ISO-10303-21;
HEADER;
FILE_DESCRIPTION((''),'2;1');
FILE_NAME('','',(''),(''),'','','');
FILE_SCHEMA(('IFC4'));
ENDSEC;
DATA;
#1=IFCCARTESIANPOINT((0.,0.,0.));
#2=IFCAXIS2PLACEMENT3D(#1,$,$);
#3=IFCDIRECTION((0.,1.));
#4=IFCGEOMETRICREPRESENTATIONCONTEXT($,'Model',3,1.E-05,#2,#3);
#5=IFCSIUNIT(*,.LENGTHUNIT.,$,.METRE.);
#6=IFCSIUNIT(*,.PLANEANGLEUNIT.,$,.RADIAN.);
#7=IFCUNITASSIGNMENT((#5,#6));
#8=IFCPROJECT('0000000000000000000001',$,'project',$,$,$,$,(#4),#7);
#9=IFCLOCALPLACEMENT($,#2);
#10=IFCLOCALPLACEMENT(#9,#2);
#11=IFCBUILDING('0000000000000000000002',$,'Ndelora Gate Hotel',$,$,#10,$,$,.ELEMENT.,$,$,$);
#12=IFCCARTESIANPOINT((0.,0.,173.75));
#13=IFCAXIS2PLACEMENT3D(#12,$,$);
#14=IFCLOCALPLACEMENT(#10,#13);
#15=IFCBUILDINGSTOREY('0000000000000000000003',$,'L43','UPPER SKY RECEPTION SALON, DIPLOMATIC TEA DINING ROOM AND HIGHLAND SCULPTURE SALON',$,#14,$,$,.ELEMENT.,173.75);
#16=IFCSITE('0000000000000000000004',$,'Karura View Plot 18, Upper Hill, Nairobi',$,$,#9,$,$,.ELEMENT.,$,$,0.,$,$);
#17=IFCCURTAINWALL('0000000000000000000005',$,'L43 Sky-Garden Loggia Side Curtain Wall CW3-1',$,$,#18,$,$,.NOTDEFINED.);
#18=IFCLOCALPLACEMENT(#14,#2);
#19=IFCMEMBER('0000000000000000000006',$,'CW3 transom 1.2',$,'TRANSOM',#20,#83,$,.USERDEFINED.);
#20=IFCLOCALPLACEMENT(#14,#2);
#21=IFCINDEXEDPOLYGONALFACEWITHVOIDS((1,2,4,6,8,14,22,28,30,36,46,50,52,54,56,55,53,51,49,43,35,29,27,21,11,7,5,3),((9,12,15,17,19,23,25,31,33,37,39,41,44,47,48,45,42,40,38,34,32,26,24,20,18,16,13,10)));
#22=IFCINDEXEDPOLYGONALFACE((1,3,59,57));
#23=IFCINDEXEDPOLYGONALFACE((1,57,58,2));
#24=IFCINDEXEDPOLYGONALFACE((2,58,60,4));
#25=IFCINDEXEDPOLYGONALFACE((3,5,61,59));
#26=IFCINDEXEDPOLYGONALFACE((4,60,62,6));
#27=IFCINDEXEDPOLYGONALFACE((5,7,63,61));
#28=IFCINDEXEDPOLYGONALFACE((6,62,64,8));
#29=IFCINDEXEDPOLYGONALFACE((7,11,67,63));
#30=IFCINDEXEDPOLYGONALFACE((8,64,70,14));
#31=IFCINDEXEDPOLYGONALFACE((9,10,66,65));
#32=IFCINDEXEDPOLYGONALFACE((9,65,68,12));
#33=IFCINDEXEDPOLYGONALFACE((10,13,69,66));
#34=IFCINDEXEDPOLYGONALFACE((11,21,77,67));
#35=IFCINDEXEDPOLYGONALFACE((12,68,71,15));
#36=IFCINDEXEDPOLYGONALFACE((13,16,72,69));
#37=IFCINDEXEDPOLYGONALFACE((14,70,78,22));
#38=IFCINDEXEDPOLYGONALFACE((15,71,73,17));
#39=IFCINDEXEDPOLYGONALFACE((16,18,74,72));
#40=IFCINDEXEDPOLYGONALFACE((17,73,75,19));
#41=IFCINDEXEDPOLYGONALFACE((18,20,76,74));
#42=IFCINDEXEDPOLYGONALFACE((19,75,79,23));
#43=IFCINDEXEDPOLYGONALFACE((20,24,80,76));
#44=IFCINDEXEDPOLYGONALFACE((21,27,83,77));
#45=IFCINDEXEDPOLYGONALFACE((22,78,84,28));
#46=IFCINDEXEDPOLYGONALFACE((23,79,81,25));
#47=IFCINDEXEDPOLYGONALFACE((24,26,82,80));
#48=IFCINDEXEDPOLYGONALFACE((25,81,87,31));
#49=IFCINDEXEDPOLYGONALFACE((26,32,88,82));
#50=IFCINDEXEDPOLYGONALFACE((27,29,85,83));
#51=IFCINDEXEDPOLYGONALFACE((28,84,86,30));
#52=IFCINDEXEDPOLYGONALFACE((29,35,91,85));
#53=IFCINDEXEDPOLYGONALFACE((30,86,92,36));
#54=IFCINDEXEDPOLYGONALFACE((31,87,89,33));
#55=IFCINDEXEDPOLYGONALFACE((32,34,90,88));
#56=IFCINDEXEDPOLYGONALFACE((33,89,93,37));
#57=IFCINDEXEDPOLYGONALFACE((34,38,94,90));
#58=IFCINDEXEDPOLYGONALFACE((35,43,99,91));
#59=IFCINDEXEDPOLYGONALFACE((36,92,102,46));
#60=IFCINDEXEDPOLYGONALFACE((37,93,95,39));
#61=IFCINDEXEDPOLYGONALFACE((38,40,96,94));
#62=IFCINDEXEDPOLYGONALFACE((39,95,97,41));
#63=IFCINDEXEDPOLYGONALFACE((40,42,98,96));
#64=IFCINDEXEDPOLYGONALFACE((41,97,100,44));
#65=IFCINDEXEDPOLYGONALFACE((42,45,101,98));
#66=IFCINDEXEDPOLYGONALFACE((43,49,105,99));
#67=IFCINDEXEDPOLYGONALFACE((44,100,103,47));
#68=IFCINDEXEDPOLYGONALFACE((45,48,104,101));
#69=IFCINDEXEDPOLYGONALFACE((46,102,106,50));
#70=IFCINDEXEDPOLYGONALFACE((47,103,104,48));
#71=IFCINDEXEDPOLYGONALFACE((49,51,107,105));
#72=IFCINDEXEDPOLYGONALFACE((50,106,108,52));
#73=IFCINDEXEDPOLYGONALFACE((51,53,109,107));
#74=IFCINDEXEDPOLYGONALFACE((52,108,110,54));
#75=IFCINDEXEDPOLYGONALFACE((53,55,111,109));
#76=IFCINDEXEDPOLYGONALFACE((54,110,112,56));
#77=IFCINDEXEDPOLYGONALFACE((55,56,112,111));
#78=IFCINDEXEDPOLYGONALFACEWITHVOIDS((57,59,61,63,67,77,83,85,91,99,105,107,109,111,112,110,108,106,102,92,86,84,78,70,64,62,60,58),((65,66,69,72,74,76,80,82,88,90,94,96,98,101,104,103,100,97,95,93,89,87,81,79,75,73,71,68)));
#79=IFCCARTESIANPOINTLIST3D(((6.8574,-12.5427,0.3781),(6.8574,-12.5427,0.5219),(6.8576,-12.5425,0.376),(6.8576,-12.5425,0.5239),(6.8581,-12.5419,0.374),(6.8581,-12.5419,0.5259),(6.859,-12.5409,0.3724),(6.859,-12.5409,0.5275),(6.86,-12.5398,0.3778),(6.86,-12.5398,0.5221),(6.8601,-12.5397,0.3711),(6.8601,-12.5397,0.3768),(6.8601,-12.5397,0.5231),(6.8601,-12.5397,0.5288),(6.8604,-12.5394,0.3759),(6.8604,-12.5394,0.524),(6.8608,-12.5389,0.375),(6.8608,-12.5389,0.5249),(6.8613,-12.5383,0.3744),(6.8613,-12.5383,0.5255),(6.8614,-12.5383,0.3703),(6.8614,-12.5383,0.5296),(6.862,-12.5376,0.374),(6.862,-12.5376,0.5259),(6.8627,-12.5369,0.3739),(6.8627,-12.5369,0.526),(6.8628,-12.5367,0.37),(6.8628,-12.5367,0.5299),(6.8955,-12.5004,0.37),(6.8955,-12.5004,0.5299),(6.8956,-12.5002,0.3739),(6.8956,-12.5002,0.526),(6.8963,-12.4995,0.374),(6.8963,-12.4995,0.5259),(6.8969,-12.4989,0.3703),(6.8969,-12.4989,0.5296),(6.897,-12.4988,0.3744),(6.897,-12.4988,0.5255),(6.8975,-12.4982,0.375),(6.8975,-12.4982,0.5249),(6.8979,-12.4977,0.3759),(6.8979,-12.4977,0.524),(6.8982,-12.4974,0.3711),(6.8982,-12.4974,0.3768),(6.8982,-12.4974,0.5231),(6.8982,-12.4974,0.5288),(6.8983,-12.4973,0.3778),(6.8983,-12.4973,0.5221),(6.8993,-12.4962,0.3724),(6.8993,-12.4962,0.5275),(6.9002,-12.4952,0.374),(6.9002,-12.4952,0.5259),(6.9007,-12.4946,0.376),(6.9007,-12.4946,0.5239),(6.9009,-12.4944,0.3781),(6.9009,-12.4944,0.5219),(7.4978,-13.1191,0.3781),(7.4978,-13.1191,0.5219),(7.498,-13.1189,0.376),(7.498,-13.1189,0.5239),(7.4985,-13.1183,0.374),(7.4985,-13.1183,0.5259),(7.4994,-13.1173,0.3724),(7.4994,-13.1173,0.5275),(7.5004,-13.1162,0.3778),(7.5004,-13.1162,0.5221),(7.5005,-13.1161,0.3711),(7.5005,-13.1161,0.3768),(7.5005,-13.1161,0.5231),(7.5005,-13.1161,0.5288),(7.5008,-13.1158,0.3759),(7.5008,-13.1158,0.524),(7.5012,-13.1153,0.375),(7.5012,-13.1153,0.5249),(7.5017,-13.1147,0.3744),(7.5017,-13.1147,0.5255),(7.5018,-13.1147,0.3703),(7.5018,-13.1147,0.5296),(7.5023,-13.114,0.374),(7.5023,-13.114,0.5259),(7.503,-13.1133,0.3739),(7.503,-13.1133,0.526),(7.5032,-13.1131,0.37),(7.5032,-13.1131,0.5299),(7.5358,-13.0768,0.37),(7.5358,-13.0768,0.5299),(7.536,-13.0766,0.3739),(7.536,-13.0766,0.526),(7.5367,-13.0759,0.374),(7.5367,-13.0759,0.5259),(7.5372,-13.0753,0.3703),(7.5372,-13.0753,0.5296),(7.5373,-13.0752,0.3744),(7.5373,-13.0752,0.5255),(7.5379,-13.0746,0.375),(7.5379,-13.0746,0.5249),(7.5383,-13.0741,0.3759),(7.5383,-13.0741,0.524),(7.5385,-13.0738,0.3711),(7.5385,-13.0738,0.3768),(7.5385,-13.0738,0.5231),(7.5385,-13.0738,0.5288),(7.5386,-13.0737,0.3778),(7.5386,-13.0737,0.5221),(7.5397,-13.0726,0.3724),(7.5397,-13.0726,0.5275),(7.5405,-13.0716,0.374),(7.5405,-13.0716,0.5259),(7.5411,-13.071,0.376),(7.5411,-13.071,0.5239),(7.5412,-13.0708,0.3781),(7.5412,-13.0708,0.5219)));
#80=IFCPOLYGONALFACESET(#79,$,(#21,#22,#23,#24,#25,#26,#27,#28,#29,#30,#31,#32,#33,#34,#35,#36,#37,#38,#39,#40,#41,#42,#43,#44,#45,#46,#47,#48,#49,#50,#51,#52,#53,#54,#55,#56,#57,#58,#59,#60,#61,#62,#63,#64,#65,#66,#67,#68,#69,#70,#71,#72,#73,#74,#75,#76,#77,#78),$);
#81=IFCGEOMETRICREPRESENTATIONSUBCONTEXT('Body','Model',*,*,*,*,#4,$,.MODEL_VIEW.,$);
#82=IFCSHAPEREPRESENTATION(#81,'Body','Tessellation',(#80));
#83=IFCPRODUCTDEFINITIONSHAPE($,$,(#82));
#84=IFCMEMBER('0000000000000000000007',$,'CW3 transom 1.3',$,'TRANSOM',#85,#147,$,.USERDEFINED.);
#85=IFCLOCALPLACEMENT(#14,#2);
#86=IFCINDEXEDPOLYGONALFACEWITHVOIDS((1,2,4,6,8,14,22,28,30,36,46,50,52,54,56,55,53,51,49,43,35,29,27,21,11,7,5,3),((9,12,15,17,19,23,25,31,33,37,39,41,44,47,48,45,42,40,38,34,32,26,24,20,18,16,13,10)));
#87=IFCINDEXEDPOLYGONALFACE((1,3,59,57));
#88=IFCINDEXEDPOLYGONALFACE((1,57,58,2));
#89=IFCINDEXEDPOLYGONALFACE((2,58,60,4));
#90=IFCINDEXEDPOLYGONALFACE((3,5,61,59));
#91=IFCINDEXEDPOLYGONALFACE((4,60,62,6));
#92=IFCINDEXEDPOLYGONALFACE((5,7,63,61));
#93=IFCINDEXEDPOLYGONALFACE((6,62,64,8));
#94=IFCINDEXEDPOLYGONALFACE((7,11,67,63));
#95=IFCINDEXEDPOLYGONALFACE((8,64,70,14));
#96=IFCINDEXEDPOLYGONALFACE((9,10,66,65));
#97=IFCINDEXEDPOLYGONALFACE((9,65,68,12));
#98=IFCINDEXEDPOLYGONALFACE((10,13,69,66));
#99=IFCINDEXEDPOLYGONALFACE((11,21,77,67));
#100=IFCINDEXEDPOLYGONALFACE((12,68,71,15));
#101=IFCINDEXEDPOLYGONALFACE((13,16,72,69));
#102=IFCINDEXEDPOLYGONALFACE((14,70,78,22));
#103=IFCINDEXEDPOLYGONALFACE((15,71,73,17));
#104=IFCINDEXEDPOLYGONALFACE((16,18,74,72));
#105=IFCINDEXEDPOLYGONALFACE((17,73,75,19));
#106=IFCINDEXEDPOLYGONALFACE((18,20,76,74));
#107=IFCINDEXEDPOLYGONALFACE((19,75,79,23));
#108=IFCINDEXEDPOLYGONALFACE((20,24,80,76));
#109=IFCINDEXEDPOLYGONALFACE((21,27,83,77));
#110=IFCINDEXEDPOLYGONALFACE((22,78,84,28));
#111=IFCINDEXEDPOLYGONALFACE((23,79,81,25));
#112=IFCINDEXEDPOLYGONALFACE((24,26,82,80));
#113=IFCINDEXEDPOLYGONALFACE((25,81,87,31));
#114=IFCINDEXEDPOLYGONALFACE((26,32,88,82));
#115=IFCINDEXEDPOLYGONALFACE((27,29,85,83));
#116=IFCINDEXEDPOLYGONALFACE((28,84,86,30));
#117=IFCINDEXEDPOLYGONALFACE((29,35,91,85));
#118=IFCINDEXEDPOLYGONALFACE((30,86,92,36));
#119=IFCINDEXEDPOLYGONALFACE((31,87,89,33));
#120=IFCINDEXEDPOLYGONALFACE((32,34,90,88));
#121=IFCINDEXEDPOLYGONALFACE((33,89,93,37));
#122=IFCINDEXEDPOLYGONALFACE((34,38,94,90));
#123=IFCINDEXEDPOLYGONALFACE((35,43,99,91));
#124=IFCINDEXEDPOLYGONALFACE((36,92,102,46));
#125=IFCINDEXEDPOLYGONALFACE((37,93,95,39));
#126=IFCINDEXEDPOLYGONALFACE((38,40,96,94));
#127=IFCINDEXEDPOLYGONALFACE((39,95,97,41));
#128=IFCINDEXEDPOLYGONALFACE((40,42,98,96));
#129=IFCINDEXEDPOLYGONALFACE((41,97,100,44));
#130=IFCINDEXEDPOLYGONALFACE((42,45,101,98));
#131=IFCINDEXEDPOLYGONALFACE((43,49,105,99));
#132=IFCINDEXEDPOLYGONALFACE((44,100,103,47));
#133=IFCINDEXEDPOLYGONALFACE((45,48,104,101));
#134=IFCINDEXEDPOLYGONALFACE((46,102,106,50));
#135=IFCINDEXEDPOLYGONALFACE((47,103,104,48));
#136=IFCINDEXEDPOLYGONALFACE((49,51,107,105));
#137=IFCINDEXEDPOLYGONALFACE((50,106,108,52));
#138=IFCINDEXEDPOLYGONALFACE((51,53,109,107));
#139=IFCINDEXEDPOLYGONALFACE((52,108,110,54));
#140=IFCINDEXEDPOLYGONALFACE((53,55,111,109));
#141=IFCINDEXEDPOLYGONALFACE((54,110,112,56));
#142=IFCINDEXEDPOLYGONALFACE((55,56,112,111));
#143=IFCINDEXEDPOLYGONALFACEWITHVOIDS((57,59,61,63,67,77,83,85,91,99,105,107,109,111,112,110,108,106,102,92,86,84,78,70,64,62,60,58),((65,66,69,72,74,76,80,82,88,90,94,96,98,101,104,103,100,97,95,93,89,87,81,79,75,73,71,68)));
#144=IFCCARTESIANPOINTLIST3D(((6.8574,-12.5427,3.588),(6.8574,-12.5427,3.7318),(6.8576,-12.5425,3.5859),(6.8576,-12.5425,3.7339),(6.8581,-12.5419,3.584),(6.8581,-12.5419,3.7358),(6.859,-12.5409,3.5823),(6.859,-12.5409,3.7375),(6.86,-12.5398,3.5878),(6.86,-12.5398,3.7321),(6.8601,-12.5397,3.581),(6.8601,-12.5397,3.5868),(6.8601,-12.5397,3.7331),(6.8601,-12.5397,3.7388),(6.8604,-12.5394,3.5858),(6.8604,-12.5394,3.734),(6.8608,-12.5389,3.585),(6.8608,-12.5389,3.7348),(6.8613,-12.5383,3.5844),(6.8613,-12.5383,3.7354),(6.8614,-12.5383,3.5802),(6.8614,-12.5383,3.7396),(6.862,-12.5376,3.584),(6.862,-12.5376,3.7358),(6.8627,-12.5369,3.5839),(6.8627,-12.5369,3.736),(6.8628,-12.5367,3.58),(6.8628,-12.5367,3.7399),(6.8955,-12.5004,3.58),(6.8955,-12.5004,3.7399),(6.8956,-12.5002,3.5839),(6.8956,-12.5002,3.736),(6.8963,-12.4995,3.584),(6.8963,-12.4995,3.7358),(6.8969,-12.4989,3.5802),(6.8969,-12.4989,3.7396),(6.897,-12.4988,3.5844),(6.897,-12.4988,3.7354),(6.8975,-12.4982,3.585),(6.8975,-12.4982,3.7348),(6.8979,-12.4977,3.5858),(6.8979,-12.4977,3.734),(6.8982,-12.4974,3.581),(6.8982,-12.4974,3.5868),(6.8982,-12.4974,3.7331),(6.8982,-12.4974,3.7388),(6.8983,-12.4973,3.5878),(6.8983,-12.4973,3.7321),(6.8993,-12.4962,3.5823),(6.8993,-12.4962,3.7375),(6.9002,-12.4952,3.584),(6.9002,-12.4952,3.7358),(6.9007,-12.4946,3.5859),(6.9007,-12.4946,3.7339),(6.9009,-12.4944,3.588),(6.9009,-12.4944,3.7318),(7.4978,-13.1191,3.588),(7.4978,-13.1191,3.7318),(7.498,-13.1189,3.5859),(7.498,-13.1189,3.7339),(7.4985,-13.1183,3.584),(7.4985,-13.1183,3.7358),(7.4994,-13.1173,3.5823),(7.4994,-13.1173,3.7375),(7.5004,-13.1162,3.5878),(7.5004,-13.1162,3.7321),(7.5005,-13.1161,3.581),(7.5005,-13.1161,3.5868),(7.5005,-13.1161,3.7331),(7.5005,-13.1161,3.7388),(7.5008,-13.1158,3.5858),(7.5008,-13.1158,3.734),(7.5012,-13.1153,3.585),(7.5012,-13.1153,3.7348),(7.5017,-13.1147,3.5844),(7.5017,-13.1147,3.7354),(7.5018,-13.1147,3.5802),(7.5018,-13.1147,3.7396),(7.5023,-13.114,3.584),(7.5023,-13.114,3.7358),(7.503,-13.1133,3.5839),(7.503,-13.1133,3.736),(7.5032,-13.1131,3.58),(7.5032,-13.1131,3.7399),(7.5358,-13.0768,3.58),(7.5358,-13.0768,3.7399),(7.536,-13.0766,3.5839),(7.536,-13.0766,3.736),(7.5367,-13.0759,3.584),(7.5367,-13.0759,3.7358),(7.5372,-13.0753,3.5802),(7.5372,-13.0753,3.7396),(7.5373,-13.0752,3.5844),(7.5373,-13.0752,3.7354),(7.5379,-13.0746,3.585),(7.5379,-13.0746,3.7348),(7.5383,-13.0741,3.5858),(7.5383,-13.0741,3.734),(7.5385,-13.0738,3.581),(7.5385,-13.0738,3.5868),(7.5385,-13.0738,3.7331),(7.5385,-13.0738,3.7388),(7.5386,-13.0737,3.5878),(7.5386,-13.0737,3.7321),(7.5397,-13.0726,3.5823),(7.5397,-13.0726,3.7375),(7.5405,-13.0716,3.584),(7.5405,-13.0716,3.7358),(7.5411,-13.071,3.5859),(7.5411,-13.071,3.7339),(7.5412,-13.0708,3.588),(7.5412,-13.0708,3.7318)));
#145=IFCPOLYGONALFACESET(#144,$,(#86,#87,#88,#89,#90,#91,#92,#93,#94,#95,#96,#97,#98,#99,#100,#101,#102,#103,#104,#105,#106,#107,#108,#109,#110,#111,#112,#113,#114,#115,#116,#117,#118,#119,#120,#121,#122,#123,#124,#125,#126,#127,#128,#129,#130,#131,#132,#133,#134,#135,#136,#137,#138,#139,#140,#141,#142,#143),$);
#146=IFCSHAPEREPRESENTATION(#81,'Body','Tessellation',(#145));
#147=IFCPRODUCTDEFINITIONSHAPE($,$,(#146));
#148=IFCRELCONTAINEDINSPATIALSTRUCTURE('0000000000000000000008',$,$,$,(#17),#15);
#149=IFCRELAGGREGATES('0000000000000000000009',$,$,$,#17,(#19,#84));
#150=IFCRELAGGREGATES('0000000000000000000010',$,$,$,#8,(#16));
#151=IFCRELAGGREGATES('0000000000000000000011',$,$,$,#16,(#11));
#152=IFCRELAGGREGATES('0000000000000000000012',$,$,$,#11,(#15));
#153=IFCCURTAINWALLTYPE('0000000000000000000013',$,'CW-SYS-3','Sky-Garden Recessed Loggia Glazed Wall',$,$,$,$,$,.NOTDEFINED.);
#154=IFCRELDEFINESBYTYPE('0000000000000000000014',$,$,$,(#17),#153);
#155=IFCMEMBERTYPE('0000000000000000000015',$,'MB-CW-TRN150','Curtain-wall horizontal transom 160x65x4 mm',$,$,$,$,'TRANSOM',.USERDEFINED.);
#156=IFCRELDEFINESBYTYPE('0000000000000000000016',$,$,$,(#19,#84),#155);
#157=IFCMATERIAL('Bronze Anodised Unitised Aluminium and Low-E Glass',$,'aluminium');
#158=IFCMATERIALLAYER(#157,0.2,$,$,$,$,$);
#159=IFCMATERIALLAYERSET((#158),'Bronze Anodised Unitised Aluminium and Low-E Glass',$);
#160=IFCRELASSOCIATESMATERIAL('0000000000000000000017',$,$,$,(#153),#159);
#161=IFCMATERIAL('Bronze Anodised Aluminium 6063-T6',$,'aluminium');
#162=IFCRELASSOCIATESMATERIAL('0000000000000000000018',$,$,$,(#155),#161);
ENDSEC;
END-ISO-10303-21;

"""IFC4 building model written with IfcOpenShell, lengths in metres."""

from ifc_helpers import new_model, si_unit, direction, frame, origin, origin_2d, place, context, subcontext, project, spatial, hollow_rectangle, extrude, material, layer, layer_set, material_profile, profile_set, type_object, element, aggregate, save


model = new_model("IFC4")

# Units and contexts
model_context = context("Model", 3, precision=1e-05, world=origin(), true_north=direction((0.0, 1.0)))
body_context = subcontext(model_context, "Body", "Model", "MODEL_VIEW")
ifc_project = project(units=[si_unit("LENGTHUNIT", "METRE"), si_unit("PLANEANGLEUNIT", "RADIAN")], contexts=[model_context])

# Site, building, storey
site_placement = place(None, origin())
site = spatial("IfcSite", under=ifc_project, at=site_placement, Name="Karura View Plot 18, Upper Hill, Nairobi", CompositionType="ELEMENT", RefElevation=0.0)
building_placement = place(site_placement, origin())
building = spatial("IfcBuilding", under=site, at=building_placement, Name="Ndelora Gate Hotel", CompositionType="ELEMENT")
storey_placement = place(building_placement, frame((0.0, 0.0, 173.75)))
storey = spatial("IfcBuildingStorey", under=building, at=storey_placement, Name="L43", Description="UPPER SKY RECEPTION SALON, DIPLOMATIC TEA DINING ROOM AND HIGHLAND SCULPTURE SALON", CompositionType="ELEMENT", Elevation=173.75)

# Curtain wall, members
ifc_material_1 = material(Name="Bronze Anodised Unitised Aluminium and Low-E Glass", Category="aluminium")
ifc_layer_1 = layer(ifc_material_1, 0.2)
ifc_layer_set_1 = layer_set([ifc_layer_1], Name="Bronze Anodised Unitised Aluminium and Low-E Glass")
curtain_wall_type = type_object("IfcCurtainWallType", Name="CW-SYS-3", Description="Sky-Garden Recessed Loggia Glazed Wall", PredefinedType="NOTDEFINED", material=ifc_layer_set_1)
curtain_wall_placement = place(storey_placement, origin())
curtain_wall = element("IfcCurtainWall", 1, at=curtain_wall_placement, inside=storey, type_object=curtain_wall_type, Name="L43 Sky-Garden Loggia Side Curtain Wall CW3-1", PredefinedType="NOTDEFINED")
ifc_material_2 = material(Name="Bronze Anodised Aluminium 6063-T6", Category="aluminium")
ifc_material_profile_1 = material_profile(ifc_material_2, hollow_rectangle(XDim=0.0649, YDim=0.1599, WallThickness=0.0039, InnerFilletRadius=0.0039, OuterFilletRadius=0.0081, at=origin_2d()), Name="ALU 160x65x4")
ifc_profile_set_1 = profile_set([ifc_material_profile_1], Name="Bronze Anodised Aluminium 6063-T6")
member_type_1 = type_object("IfcMemberType", Name="MB-CW-TRN150", Description="Curtain-wall horizontal transom 160x65x4 mm", ElementType="TRANSOM", PredefinedType="USERDEFINED", material=ifc_profile_set_1)
member_1_placement = place(storey_placement, frame((6.8792, -12.5186, 0.45), z_axis=(0.743252, -0.669012, 0.0), x_axis=(0.669012, 0.743252, 0.0)))
member_1 = element("IfcMember", 2, at=member_1_placement, type_object=member_type_1, Name="CW3 transom 1.2", ObjectType="TRANSOM", PredefinedType="USERDEFINED", context=body_context, shape_type="SweptSolid", body=[
    extrude(hollow_rectangle(XDim=0.0649, YDim=0.1599, WallThickness=0.0039, InnerFilletRadius=0.0039, OuterFilletRadius=0.0081, at=origin_2d()), origin(), (0.0, 0.0, 1.0), 0.8616),
])
member_2_placement = place(storey_placement, frame((6.8792, -12.5186, 3.6599), z_axis=(0.743252, -0.669012, 0.0), x_axis=(0.669012, 0.743252, 0.0)))
member_2 = element("IfcMember", 3, at=member_2_placement, type_object=member_type_1, Name="CW3 transom 1.3", ObjectType="TRANSOM", PredefinedType="USERDEFINED", context=body_context, shape_type="SweptSolid", body=[
    extrude(hollow_rectangle(XDim=0.0649, YDim=0.1599, WallThickness=0.0039, InnerFilletRadius=0.0039, OuterFilletRadius=0.0081, at=origin_2d()), origin(), (0.0, 0.0, 1.0), 0.8616),
])
aggregate(curtain_wall, [member_1, member_2])

save(model, "model.ifc")
